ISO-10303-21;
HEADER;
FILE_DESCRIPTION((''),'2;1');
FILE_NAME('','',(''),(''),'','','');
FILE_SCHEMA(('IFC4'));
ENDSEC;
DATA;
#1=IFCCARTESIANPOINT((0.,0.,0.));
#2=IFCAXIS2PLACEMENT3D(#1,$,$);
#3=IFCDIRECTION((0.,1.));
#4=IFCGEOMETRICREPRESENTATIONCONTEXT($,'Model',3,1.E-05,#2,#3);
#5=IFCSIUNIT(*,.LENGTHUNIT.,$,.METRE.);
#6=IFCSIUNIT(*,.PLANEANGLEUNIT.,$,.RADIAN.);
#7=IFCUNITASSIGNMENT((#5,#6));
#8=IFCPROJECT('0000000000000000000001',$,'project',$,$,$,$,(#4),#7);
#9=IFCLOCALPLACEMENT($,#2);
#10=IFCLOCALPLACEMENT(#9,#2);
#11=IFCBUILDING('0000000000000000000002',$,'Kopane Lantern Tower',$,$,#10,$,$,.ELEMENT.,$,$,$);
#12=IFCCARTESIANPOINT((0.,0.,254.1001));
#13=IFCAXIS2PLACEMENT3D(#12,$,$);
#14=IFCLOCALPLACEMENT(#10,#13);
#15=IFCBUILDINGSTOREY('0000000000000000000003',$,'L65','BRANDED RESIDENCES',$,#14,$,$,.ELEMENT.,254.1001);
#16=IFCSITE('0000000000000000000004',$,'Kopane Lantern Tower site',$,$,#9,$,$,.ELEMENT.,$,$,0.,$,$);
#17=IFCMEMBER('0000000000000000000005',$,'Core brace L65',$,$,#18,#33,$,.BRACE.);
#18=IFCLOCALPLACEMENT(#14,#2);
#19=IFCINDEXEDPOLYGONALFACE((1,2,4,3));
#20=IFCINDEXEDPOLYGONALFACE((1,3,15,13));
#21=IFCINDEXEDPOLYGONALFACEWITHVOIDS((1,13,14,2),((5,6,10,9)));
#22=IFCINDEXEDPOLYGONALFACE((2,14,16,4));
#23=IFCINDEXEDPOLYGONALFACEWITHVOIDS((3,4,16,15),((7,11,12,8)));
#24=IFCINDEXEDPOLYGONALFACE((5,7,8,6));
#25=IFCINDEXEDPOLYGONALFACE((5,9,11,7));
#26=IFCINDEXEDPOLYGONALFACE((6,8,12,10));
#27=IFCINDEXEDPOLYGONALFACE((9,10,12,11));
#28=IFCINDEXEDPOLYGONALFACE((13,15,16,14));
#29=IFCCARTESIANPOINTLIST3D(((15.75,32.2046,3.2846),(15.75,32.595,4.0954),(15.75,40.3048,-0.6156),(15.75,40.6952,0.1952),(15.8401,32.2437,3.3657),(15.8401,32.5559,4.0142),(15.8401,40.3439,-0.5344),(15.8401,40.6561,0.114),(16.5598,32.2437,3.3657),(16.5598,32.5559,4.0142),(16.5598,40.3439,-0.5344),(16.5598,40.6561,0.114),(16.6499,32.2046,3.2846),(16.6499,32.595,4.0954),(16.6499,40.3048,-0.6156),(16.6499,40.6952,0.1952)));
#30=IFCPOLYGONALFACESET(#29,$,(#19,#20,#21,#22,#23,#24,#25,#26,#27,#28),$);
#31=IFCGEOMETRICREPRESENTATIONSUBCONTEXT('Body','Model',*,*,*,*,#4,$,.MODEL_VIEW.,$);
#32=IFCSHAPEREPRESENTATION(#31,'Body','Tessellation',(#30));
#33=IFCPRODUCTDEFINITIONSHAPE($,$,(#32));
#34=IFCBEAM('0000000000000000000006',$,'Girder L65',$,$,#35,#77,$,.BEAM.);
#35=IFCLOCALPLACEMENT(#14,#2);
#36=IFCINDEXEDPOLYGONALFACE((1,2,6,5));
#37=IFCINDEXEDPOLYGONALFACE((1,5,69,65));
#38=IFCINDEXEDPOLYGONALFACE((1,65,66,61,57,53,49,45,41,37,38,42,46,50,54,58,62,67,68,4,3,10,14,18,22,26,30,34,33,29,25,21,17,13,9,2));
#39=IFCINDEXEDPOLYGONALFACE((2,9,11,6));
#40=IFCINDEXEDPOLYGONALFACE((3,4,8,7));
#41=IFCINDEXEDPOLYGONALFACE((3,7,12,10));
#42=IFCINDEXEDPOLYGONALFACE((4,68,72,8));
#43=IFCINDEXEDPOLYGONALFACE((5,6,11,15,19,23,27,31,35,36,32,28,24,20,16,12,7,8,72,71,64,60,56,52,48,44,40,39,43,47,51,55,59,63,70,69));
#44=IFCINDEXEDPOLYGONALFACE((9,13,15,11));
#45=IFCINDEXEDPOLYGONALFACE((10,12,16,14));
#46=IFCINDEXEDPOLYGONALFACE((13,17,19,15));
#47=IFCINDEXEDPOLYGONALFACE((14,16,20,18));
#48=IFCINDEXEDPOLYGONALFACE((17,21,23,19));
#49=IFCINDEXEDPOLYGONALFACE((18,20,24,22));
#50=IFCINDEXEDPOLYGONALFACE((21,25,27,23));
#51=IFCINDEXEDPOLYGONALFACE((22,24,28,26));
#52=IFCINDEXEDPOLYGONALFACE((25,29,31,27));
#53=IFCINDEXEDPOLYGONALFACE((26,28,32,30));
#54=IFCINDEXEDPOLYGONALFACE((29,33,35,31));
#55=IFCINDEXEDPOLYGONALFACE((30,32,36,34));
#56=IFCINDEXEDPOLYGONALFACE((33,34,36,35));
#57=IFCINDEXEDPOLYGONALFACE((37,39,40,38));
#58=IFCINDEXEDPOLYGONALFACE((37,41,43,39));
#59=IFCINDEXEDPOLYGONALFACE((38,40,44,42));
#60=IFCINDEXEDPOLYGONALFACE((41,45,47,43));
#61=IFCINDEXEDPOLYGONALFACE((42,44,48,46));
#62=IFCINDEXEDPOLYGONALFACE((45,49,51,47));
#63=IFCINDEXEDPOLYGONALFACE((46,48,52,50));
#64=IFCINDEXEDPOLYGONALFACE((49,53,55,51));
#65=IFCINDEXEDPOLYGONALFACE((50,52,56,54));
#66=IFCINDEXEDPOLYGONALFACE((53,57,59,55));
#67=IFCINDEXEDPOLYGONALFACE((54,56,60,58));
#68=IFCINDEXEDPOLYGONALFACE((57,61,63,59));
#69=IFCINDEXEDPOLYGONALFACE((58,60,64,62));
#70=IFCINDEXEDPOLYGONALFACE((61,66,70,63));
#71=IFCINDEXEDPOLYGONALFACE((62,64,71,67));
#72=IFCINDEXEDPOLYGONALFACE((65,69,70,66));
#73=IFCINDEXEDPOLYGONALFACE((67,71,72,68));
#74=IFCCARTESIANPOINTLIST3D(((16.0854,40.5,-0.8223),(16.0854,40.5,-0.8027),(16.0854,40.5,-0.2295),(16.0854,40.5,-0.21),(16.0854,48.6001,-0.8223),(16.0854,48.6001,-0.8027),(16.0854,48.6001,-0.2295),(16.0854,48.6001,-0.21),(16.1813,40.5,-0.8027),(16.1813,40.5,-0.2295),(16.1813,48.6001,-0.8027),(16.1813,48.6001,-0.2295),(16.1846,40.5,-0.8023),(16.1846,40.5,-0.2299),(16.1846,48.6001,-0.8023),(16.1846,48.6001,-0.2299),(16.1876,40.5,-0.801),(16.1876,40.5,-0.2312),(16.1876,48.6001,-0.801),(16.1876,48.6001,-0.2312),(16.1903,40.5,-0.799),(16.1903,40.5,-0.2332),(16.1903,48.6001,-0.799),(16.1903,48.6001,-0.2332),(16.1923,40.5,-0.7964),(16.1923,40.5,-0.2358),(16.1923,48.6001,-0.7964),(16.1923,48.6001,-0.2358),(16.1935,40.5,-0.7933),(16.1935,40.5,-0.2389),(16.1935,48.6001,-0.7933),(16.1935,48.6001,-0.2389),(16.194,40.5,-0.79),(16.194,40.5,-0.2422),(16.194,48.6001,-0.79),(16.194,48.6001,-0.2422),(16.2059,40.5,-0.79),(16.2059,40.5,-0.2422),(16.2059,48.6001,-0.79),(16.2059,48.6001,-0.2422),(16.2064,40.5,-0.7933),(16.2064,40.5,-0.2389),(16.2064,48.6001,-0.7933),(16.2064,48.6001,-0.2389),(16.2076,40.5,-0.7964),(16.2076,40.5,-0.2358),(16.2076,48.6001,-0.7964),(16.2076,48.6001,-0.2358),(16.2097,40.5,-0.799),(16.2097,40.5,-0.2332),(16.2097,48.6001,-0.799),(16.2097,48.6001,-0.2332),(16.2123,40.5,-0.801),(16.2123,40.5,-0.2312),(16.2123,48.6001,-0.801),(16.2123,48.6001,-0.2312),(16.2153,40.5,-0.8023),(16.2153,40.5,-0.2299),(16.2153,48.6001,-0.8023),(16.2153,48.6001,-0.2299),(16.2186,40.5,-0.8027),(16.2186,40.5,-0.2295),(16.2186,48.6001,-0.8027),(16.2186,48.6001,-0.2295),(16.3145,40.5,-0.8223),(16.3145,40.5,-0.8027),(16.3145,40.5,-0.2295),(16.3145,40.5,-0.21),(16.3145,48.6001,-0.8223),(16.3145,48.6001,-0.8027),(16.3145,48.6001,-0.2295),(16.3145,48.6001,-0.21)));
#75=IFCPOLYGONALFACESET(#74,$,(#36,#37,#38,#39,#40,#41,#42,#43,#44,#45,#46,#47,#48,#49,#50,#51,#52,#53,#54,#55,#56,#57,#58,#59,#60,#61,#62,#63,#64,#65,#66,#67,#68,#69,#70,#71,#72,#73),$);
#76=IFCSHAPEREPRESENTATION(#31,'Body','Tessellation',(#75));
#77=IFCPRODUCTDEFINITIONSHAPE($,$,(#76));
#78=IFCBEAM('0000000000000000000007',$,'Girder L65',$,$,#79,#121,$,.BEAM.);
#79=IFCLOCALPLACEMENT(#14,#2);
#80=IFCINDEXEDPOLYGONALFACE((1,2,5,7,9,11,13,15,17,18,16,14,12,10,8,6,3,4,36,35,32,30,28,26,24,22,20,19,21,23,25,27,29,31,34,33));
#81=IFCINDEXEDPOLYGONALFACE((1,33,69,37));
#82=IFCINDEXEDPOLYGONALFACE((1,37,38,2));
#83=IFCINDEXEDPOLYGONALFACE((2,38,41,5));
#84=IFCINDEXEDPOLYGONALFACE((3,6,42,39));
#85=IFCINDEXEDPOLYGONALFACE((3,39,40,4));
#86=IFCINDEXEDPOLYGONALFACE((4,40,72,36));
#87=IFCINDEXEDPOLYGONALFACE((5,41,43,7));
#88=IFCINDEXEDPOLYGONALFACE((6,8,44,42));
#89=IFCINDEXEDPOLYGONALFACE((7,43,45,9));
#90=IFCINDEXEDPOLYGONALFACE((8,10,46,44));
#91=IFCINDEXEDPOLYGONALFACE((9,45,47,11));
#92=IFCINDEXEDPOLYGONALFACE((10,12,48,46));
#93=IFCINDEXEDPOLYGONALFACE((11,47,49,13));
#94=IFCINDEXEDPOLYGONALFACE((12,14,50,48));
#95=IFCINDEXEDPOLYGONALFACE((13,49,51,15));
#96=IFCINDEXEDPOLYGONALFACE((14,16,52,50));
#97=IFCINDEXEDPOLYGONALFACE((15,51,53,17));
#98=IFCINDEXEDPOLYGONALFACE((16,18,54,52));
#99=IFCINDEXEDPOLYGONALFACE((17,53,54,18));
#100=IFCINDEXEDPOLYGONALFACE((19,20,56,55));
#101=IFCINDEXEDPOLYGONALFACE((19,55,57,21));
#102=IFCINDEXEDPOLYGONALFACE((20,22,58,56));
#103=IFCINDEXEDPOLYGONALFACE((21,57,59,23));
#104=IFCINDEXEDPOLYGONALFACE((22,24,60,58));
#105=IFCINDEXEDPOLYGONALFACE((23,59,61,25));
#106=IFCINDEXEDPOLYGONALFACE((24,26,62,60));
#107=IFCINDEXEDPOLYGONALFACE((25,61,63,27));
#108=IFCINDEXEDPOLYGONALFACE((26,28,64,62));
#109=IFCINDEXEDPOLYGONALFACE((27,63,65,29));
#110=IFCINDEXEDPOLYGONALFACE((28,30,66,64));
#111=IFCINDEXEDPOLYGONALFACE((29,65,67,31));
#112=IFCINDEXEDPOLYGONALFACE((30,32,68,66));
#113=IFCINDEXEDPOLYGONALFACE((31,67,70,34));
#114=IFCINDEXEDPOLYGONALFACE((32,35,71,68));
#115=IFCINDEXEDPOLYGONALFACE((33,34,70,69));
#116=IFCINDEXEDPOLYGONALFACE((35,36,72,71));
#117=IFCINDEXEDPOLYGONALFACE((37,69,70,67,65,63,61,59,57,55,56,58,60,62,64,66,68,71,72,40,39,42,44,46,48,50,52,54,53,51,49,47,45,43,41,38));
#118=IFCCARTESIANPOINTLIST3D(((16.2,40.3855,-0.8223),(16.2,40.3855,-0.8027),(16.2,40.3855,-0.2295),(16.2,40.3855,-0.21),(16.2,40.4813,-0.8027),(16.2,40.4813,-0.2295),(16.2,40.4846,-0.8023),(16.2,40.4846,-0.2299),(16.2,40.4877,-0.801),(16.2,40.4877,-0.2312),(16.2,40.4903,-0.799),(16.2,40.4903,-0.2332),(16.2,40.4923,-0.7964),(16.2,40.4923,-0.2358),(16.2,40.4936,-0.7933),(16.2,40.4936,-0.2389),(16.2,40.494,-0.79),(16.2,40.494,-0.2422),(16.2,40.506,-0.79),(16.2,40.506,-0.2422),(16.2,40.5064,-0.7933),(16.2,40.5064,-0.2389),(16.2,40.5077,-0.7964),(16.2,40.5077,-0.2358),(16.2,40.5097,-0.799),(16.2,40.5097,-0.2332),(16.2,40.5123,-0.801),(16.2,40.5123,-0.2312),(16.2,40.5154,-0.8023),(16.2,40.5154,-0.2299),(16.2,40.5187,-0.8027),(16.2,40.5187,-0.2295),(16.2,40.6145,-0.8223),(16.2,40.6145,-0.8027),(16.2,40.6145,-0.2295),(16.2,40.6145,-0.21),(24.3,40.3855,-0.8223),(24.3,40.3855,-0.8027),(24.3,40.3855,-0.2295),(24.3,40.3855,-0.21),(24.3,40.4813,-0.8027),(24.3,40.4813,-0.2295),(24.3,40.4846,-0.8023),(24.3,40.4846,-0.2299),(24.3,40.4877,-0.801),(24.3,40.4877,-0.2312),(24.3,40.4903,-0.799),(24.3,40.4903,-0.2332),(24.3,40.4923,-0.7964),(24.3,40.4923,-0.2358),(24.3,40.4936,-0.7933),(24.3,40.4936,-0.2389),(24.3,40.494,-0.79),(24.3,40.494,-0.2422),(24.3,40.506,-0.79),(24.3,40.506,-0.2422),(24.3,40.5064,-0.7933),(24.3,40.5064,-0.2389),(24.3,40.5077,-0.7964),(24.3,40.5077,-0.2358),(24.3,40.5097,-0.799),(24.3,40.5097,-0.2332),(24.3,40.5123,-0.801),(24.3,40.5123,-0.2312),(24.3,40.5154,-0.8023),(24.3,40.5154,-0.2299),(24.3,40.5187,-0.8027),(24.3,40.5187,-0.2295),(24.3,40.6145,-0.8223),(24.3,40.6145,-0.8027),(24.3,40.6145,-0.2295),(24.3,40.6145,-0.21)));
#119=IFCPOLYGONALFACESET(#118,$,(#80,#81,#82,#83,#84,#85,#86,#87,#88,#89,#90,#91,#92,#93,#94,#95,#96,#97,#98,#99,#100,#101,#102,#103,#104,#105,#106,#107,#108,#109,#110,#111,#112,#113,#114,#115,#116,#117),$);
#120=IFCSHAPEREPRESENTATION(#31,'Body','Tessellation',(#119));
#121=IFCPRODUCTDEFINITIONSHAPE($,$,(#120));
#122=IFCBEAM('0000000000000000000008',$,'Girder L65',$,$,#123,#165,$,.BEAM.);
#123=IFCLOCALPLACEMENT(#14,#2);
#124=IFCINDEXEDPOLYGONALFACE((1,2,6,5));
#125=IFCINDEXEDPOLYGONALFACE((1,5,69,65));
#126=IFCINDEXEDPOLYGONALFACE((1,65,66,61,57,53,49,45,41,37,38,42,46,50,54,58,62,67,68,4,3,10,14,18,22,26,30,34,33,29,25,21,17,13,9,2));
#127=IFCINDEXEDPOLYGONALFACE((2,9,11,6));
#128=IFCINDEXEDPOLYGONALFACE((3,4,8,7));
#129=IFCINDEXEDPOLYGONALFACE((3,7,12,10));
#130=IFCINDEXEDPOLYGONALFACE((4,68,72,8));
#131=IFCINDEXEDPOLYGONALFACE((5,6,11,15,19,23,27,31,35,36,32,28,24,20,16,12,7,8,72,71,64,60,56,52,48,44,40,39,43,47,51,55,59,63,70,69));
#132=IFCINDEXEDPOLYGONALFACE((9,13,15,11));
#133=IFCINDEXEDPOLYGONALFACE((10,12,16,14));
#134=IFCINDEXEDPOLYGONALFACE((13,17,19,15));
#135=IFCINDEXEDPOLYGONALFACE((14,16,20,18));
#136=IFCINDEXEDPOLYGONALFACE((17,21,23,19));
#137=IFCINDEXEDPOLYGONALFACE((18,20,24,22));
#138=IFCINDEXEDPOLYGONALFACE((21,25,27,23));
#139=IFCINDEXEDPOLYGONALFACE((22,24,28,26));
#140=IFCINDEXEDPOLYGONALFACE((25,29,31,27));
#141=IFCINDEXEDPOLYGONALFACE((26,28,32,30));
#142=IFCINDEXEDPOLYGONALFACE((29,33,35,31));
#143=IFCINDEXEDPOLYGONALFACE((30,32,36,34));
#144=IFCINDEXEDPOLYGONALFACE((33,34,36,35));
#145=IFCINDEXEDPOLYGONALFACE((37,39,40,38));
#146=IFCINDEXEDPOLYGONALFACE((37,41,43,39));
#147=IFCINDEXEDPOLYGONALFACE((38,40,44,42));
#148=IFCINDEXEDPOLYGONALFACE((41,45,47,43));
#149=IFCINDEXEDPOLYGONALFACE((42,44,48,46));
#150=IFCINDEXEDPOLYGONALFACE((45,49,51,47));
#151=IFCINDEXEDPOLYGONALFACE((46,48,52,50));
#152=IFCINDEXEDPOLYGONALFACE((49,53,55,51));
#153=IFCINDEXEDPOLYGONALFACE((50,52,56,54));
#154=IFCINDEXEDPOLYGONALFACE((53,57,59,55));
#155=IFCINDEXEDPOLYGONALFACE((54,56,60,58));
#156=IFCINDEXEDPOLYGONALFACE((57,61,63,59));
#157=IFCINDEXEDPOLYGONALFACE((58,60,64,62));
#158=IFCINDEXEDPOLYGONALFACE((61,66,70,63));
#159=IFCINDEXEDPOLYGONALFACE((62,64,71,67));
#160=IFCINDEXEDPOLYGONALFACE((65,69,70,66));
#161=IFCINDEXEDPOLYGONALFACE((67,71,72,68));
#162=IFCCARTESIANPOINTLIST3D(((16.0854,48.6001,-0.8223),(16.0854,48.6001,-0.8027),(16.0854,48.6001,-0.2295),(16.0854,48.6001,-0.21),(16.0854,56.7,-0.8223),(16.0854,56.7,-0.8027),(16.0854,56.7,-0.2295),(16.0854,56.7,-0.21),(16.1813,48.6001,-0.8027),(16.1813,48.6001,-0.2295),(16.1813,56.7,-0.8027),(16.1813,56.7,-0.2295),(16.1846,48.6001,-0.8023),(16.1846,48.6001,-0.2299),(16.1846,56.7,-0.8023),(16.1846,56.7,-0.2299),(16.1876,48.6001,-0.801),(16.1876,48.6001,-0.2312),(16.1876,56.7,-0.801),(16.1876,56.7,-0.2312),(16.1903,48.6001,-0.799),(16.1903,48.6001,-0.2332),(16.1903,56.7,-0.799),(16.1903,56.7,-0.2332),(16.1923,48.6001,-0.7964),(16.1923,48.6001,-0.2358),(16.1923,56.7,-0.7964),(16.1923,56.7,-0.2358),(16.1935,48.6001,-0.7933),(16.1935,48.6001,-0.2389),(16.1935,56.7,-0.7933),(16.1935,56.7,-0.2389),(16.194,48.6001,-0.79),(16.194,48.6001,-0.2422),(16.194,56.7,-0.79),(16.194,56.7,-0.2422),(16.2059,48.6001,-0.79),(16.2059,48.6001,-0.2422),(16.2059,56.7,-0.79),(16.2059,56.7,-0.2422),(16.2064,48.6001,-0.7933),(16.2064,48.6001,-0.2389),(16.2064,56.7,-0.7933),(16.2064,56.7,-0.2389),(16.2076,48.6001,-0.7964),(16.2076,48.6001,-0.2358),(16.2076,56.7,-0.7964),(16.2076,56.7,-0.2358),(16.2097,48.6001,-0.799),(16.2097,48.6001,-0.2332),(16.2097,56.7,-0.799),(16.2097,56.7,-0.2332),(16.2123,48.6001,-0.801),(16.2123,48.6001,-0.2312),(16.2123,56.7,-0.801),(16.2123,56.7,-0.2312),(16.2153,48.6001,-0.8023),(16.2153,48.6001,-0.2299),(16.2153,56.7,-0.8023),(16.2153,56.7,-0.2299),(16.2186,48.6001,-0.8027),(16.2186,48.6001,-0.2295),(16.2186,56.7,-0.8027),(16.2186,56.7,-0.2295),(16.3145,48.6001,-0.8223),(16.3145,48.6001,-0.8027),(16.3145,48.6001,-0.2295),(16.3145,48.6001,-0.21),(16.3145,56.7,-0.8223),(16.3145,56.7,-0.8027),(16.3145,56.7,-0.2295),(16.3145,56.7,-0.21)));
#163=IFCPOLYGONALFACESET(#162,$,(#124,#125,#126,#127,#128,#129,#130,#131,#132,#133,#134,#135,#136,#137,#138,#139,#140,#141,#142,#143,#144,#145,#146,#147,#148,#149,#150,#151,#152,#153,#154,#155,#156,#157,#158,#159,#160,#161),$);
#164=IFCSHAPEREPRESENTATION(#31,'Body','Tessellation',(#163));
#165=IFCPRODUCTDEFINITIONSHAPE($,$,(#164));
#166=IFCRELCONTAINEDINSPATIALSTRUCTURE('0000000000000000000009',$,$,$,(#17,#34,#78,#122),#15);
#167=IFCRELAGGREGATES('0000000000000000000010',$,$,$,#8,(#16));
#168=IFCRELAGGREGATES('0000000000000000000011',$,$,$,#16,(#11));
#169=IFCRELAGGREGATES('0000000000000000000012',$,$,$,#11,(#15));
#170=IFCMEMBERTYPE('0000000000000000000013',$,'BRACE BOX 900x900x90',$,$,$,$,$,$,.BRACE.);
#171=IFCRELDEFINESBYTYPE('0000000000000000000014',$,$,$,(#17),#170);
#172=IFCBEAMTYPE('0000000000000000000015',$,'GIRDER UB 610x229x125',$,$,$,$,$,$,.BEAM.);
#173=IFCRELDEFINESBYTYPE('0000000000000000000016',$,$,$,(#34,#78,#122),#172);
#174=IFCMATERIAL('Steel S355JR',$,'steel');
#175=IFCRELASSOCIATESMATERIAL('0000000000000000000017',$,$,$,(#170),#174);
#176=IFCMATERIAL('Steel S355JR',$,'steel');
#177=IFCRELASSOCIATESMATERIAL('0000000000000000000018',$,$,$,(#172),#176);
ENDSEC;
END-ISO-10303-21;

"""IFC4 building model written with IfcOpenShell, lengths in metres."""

from ifc_helpers import new_model, si_unit, direction, frame, origin, origin_2d, place, context, subcontext, project, spatial, hollow_rectangle, i_section, extrude, material, material_profile, profile_set, type_object, element, save


model = new_model("IFC4")

# Units and contexts
model_context = context("Model", 3, precision=1e-05, world=origin(), true_north=direction((0.0, 1.0)))
body_context = subcontext(model_context, "Body", "Model", "MODEL_VIEW")
ifc_project = project(units=[si_unit("LENGTHUNIT", "METRE"), si_unit("PLANEANGLEUNIT", "RADIAN")], contexts=[model_context])

# Site, building, storey
site_placement = place(None, origin())
site = spatial("IfcSite", under=ifc_project, at=site_placement, Name="Kopane Lantern Tower site", CompositionType="ELEMENT", RefElevation=0.0)
building_placement = place(site_placement, origin())
building = spatial("IfcBuilding", under=site, at=building_placement, Name="Kopane Lantern Tower", CompositionType="ELEMENT")
storey_placement = place(building_placement, frame((0.0, 0.0, 254.1001)))
storey = spatial("IfcBuildingStorey", under=building, at=storey_placement, Name="L65", Description="BRANDED RESIDENCES", CompositionType="ELEMENT", Elevation=254.1001)

# Member
ifc_material_1 = material(Name="Steel S355JR", Category="steel")
ifc_material_profile_1 = material_profile(ifc_material_1, hollow_rectangle(XDim=0.8999, YDim=0.8999, WallThickness=0.0901, at=origin_2d()), Name="BOX 900x900x90")
ifc_profile_set_1 = profile_set([ifc_material_profile_1], Name="Steel S355JR")
member_type_1 = type_object("IfcMemberType", Name="BRACE BOX 900x900x90", PredefinedType="BRACE", material=ifc_profile_set_1)
member_1_placement = place(storey_placement, frame((16.2, 40.5, -0.2102), z_axis=(0.0, -0.900997, 0.433825), x_axis=(1.0, 0.0, 0.0)))
element("IfcMember", 1, at=member_1_placement, inside=storey, type_object=member_type_1, Name="Core brace L65", PredefinedType="BRACE", context=body_context, shape_type="SweptSolid", body=[
    extrude(hollow_rectangle(XDim=0.8999, YDim=0.8999, WallThickness=0.0901, at=origin_2d()), origin(), (0.0, 0.0, 1.0), 8.9902),
])

# Beams
ifc_material_2 = material(Name="Steel S355JR", Category="steel")
ifc_material_profile_2 = material_profile(ifc_material_2, i_section(OverallWidth=0.229, OverallDepth=0.6123, WebThickness=0.012, FlangeThickness=0.0195, FilletRadius=0.0127, at=origin_2d()), Name="UB 610x229x125")
ifc_profile_set_2 = profile_set([ifc_material_profile_2], Name="Steel S355JR")
beam_type_1 = type_object("IfcBeamType", Name="GIRDER UB 610x229x125", PredefinedType="BEAM", material=ifc_profile_set_2)
for number, where, z_axis, x_axis, name in (
    (2, (16.2, 40.5, -0.5161), (0.0, 1.0, 0.0), (-1.0, 0.0, 0.0), "Girder L65"),
    (3, (16.2, 40.5, -0.5161), (1.0, 0.0, 0.0), (0.0, 1.0, 0.0), "Girder L65"),
):
    element("IfcBeam", number, at=place(storey_placement, frame(where, z_axis=z_axis, x_axis=x_axis)), inside=storey, type_object=beam_type_1, Name=name, PredefinedType="BEAM", context=body_context, shape_type="SweptSolid", body=[
        extrude(i_section(OverallWidth=0.229, OverallDepth=0.6123, WebThickness=0.012, FlangeThickness=0.0195, FilletRadius=0.0127, at=origin_2d()), origin(), (0.0, 0.0, 1.0), 8.1001),
    ])
beam_1_placement = place(storey_placement, frame((16.2, 48.6001, -0.5161), z_axis=(0.0, 1.0, 0.0), x_axis=(-1.0, 0.0, 0.0)))
element("IfcBeam", 4, at=beam_1_placement, inside=storey, type_object=beam_type_1, Name="Girder L65", PredefinedType="BEAM", context=body_context, shape_type="SweptSolid", body=[
    extrude(i_section(OverallWidth=0.229, OverallDepth=0.6123, WebThickness=0.012, FlangeThickness=0.0195, FilletRadius=0.0127, at=origin_2d()), origin(), (0.0, 0.0, 1.0), 8.0999),
])

save(model, "model.ifc")
